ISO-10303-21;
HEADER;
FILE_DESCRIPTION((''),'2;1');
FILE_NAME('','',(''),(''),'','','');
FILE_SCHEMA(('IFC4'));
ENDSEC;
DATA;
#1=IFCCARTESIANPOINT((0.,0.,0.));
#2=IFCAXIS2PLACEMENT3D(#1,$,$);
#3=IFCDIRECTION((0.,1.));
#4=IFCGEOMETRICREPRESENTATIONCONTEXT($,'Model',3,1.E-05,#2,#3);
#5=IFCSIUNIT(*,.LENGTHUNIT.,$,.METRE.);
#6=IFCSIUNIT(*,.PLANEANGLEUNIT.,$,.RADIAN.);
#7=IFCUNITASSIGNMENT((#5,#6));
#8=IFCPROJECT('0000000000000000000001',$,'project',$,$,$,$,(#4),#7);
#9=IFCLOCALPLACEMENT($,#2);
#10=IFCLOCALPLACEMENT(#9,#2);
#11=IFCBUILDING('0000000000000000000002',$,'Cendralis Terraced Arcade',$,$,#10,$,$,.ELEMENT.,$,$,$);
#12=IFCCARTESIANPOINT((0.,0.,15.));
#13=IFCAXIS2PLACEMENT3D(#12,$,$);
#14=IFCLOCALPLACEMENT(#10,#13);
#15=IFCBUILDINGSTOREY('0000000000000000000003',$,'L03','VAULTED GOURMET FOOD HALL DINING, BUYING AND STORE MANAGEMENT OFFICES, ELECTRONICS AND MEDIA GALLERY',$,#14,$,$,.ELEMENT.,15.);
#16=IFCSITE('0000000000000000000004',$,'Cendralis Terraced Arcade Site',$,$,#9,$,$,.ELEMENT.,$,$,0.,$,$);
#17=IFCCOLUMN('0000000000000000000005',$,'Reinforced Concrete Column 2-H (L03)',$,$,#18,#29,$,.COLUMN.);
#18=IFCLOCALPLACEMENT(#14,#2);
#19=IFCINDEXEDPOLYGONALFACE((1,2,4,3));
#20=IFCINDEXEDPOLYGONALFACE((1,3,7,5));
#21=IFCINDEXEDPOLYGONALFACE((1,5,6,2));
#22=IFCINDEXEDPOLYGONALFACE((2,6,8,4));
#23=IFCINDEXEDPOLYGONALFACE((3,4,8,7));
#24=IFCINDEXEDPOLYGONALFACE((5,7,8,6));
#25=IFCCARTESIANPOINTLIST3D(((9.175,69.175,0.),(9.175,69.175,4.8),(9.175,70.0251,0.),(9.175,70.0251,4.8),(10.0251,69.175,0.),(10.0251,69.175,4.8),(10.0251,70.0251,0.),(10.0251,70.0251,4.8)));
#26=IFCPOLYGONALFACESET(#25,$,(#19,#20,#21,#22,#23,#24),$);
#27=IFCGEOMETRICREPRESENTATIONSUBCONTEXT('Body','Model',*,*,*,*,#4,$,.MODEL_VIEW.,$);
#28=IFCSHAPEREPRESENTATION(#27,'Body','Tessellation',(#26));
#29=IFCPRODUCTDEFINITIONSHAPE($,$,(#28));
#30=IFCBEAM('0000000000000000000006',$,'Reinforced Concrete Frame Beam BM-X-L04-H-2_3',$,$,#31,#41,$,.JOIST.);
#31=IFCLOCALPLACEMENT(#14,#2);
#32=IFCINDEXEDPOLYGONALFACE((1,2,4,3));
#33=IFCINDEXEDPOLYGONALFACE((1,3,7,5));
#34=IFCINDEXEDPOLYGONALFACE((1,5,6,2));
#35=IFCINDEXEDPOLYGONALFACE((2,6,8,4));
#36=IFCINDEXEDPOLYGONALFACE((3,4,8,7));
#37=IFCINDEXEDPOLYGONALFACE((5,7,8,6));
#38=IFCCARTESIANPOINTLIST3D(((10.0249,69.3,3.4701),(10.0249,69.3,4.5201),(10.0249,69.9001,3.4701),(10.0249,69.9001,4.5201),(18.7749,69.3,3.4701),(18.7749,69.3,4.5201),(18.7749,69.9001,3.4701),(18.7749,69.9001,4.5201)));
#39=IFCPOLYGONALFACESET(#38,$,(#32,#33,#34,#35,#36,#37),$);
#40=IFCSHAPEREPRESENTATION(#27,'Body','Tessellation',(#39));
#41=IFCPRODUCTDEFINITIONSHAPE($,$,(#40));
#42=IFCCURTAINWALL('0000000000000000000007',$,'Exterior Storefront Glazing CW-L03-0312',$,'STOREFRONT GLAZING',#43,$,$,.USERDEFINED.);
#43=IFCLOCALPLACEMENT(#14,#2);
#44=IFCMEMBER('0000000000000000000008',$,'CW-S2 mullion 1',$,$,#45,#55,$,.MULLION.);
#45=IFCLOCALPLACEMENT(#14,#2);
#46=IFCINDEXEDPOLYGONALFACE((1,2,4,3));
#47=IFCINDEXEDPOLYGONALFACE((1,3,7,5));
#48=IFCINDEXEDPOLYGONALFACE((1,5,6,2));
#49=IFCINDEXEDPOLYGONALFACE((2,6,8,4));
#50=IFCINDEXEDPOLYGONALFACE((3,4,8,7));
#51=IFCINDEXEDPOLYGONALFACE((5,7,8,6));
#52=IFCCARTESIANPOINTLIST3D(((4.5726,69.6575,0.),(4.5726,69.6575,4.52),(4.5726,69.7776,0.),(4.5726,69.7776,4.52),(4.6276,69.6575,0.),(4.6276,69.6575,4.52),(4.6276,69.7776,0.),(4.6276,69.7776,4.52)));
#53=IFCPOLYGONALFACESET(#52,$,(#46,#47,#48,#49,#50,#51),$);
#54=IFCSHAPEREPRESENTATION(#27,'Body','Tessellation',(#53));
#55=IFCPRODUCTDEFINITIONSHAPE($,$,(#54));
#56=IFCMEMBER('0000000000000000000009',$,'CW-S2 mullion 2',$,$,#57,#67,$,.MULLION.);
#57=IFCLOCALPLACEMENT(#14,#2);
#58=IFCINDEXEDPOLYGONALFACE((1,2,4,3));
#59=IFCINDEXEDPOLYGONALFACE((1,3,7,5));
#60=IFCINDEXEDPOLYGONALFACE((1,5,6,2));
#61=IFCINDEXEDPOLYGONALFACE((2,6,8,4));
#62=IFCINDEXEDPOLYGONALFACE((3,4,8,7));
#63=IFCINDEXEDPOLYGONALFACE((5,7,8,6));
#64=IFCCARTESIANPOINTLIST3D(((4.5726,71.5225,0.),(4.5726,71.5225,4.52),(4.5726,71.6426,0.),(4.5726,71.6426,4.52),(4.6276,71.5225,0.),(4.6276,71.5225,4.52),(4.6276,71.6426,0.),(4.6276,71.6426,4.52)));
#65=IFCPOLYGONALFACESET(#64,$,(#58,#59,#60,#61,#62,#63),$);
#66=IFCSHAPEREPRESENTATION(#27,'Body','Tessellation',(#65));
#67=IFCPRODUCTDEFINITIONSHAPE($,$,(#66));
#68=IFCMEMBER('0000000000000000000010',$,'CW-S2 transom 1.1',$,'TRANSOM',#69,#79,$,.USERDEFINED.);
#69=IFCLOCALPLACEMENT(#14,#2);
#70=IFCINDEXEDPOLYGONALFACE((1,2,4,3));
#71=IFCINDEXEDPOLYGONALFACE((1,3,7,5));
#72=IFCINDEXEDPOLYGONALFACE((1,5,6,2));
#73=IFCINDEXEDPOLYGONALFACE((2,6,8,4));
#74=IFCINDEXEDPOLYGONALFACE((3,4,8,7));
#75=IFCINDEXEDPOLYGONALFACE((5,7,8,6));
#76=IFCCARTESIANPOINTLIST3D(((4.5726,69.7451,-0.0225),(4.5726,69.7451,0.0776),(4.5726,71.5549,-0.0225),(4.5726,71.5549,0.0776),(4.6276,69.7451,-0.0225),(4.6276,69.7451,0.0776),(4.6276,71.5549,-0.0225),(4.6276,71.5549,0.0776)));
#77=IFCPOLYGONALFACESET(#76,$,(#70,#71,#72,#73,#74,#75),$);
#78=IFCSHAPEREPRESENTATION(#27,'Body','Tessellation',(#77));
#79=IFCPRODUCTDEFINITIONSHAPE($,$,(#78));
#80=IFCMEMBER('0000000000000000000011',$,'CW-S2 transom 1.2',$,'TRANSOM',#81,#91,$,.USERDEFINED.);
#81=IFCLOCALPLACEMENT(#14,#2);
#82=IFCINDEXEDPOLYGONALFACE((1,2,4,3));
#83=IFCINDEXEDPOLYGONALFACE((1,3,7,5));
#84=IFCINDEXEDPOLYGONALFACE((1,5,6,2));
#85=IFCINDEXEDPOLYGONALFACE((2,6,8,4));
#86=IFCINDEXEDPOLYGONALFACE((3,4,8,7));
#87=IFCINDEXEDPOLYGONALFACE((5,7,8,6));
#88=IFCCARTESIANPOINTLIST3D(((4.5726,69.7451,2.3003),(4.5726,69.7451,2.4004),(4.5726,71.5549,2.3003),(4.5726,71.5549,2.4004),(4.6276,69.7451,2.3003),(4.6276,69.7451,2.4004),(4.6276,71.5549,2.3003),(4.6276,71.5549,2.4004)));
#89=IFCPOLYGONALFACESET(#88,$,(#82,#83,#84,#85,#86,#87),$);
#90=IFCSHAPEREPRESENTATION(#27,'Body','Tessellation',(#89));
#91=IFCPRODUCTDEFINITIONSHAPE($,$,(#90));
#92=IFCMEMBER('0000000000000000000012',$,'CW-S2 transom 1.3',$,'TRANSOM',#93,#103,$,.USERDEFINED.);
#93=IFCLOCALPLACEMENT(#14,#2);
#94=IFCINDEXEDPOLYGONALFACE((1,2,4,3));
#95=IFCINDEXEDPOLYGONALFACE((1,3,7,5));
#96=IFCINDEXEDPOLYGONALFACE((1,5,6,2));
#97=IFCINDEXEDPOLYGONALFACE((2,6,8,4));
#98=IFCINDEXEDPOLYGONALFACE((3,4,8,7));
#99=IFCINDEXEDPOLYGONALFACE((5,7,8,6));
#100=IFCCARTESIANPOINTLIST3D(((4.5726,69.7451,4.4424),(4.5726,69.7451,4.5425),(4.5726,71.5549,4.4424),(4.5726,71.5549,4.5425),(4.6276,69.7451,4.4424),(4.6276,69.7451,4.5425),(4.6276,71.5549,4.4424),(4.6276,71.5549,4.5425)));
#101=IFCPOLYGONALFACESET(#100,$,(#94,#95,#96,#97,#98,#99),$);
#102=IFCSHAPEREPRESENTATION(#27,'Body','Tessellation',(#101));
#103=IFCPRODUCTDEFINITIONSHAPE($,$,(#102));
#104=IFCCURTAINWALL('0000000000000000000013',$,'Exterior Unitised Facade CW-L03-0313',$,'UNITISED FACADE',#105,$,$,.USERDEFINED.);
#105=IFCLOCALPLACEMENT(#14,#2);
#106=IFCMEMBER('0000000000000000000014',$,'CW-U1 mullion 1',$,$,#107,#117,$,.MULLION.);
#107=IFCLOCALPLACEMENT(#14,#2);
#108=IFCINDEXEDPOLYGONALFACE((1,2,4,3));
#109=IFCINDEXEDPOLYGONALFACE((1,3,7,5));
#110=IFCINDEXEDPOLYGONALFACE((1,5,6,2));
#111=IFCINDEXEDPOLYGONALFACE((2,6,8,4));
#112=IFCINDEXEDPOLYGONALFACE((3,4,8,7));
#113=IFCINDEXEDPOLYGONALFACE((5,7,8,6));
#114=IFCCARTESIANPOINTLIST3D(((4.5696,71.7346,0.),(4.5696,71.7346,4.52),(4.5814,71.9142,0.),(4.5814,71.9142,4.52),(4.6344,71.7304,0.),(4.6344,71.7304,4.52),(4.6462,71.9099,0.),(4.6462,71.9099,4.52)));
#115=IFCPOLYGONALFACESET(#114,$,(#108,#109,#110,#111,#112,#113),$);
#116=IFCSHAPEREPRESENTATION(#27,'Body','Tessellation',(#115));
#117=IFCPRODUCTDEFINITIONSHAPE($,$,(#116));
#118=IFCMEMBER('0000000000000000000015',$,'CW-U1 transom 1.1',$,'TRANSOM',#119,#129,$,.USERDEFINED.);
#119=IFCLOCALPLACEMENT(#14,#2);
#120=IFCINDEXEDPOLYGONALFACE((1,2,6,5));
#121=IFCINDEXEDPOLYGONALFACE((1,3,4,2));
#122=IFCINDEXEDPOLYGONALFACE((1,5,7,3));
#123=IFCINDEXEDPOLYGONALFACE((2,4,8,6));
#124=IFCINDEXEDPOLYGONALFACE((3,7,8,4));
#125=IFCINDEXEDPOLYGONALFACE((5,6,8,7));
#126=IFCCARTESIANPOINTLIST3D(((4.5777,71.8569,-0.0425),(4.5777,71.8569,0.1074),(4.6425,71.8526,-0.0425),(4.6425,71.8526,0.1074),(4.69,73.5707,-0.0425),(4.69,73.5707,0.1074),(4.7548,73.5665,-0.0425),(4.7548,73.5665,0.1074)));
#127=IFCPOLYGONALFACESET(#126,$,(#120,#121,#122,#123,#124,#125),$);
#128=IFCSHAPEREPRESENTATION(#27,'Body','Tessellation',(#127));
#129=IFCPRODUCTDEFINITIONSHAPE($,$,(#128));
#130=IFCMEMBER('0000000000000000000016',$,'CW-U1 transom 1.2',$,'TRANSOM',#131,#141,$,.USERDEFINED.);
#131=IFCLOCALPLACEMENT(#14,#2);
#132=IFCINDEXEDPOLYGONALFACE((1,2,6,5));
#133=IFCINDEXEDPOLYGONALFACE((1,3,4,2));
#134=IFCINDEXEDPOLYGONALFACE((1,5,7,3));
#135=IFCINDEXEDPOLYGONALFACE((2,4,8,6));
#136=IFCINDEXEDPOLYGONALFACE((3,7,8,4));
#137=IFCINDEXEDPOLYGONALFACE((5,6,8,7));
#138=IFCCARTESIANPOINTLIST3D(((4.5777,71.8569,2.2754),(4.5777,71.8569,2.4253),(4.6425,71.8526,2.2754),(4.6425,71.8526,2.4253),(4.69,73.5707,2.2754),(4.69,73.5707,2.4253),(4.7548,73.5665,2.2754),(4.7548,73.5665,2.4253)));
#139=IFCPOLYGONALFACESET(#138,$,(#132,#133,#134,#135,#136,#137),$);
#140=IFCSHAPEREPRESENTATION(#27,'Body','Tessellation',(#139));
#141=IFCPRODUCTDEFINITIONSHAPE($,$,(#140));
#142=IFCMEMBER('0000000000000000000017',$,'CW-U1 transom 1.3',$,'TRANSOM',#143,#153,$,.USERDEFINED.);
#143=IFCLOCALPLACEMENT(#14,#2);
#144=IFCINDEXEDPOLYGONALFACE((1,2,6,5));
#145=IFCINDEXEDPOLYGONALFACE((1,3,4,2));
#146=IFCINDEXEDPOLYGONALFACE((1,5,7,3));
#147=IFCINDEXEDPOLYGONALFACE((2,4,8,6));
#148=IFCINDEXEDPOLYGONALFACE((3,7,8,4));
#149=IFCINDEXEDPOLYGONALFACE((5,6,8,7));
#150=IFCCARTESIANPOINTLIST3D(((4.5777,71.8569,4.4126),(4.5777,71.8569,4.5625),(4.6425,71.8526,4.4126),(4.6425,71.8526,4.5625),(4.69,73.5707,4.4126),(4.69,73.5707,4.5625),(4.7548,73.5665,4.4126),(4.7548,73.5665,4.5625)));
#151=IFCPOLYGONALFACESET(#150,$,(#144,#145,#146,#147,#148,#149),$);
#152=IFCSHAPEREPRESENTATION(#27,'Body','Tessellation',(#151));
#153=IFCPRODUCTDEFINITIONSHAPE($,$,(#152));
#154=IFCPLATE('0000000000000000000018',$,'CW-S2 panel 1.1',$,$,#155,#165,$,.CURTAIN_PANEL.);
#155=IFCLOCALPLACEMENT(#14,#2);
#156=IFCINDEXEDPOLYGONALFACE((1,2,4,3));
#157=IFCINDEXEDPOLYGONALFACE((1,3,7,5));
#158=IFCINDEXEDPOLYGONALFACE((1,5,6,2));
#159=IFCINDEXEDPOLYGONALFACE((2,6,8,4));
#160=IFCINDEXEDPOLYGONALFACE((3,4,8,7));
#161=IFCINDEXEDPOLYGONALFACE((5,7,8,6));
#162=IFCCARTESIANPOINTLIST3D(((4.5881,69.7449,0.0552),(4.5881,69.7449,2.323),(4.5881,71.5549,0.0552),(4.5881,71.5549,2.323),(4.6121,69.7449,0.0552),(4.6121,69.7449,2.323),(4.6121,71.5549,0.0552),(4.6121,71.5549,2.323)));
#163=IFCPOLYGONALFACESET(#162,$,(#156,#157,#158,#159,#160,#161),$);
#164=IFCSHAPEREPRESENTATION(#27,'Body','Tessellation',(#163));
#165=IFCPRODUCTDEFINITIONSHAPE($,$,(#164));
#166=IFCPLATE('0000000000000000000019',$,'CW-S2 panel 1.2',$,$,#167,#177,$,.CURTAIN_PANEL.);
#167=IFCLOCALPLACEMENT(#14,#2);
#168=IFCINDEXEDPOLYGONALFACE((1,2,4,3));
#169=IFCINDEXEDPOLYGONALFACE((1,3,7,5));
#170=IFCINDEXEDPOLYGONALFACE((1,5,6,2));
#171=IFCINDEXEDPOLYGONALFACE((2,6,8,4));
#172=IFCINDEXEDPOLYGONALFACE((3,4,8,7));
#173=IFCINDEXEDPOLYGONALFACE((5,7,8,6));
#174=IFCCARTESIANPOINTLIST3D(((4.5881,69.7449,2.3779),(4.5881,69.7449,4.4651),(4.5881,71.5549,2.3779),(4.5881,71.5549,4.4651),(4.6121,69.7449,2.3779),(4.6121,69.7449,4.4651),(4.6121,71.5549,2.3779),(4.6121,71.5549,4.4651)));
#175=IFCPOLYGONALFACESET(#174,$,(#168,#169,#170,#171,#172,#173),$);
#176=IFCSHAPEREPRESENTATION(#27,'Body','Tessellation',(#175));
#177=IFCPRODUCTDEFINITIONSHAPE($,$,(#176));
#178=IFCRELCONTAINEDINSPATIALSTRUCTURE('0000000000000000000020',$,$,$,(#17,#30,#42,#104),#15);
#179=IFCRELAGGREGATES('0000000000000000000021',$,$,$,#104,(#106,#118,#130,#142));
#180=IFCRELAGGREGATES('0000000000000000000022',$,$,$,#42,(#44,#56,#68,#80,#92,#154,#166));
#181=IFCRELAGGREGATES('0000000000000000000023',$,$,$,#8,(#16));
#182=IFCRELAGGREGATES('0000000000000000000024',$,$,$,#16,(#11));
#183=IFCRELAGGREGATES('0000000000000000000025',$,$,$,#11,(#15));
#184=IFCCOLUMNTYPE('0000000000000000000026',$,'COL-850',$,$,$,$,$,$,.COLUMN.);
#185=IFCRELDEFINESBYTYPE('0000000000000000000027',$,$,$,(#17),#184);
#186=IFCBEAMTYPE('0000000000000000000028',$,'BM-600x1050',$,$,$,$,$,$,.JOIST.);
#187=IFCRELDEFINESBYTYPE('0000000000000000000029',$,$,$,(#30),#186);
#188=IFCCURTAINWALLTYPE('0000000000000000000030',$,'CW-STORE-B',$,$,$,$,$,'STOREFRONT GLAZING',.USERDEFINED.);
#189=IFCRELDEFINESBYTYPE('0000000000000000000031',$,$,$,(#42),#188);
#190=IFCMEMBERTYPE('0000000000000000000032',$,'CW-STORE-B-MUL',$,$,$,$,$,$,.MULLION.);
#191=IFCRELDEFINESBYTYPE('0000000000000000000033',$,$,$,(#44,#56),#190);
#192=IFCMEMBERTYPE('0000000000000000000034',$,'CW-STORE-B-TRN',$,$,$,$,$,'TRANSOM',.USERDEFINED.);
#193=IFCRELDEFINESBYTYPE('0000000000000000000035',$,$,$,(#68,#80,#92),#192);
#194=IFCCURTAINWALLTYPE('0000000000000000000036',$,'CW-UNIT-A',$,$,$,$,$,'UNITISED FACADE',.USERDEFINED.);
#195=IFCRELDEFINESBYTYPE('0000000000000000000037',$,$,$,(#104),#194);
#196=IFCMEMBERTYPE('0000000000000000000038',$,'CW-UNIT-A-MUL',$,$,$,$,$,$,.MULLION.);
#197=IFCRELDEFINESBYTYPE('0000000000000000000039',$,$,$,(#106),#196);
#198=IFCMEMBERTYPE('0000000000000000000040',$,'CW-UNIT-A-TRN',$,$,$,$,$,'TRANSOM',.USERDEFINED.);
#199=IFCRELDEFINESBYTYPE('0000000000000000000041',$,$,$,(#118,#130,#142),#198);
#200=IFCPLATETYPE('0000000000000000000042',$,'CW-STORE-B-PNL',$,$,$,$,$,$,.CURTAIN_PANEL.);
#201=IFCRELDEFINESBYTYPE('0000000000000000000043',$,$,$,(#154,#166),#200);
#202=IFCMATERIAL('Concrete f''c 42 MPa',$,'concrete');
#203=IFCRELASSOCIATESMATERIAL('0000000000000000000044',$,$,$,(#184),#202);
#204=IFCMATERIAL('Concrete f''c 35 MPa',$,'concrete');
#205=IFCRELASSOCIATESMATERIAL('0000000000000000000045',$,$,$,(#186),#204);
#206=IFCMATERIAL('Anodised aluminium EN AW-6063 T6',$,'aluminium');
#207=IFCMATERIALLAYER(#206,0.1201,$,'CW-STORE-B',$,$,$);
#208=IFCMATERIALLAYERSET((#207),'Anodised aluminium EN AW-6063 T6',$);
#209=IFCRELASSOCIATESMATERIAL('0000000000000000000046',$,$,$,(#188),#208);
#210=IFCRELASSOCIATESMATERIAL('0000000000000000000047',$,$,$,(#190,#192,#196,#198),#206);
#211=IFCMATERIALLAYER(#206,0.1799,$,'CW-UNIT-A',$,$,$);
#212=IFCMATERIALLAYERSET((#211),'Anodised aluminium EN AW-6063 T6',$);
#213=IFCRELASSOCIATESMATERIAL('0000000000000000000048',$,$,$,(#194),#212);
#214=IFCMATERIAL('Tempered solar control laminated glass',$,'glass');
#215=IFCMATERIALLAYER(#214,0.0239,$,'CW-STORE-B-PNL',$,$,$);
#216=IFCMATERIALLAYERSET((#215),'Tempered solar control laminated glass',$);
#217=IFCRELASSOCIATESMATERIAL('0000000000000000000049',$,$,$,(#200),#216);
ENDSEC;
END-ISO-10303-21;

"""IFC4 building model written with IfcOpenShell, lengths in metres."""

from ifc_helpers import new_model, si_unit, direction, frame, origin, origin_2d, place, context, subcontext, project, spatial, rectangle, extrude, material, layer, layer_set, material_profile, profile_set, type_object, element, aggregate, save


model = new_model("IFC4")

# Units and contexts
model_context = context("Model", 3, precision=1e-05, world=origin(), true_north=direction((0.0, 1.0)))
body_context = subcontext(model_context, "Body", "Model", "MODEL_VIEW")
ifc_project = project(units=[si_unit("LENGTHUNIT", "METRE"), si_unit("PLANEANGLEUNIT", "RADIAN")], contexts=[model_context])

# Site, building, storey
site_placement = place(None, origin())
site = spatial("IfcSite", under=ifc_project, at=site_placement, Name="Cendralis Terraced Arcade Site", CompositionType="ELEMENT", RefElevation=0.0)
building_placement = place(site_placement, origin())
building = spatial("IfcBuilding", under=site, at=building_placement, Name="Cendralis Terraced Arcade", CompositionType="ELEMENT")
storey_placement = place(building_placement, frame((0.0, 0.0, 15.0)))
storey = spatial("IfcBuildingStorey", under=building, at=storey_placement, Name="L03", Description="VAULTED GOURMET FOOD HALL DINING, BUYING AND STORE MANAGEMENT OFFICES, ELECTRONICS AND MEDIA GALLERY", CompositionType="ELEMENT", Elevation=15.0)

# Column
ifc_material_1 = material(Name="Concrete f'c 42 MPa", Category="concrete")
ifc_material_profile_1 = material_profile(ifc_material_1, rectangle(XDim=0.8501, YDim=0.8501, at=origin_2d()), Name="RC-COL-850x850", Category="LoadBearing")
ifc_profile_set_1 = profile_set([ifc_material_profile_1], Name="Concrete f'c 42 MPa")
column_type = type_object("IfcColumnType", Name="COL-850", PredefinedType="COLUMN", material=ifc_profile_set_1)
column_placement = place(storey_placement, frame((9.6001, 69.6001, 0.0), z_axis=(0.0, 0.0, 1.0), x_axis=(1.0, 0.0, 0.0)))
element("IfcColumn", 1, at=column_placement, inside=storey, type_object=column_type, Name="Reinforced Concrete Column 2-H (L03)", PredefinedType="COLUMN", context=body_context, shape_type="SweptSolid", body=[
    extrude(rectangle(XDim=0.8501, YDim=0.8501, at=origin_2d()), origin(), (0.0, 0.0, 1.0), 4.8),
])

# Beam
ifc_material_2 = material(Name="Concrete f'c 35 MPa", Category="concrete")
ifc_material_profile_2 = material_profile(ifc_material_2, rectangle(XDim=0.6001, YDim=1.05, at=origin_2d()), Name="RC-BM-600x1050", Category="LoadBearing")
ifc_profile_set_2 = profile_set([ifc_material_profile_2], Name="Concrete f'c 35 MPa")
beam_type = type_object("IfcBeamType", Name="BM-600x1050", PredefinedType="JOIST", material=ifc_profile_set_2)
beam_placement = place(storey_placement, frame((10.0249, 69.6001, 3.9951), z_axis=(1.0, 0.0, 0.0), x_axis=(0.0, 1.0, 0.0)))
element("IfcBeam", 2, at=beam_placement, inside=storey, type_object=beam_type, Name="Reinforced Concrete Frame Beam BM-X-L04-H-2_3", PredefinedType="JOIST", context=body_context, shape_type="SweptSolid", body=[
    extrude(rectangle(XDim=0.6001, YDim=1.05, at=origin_2d()), origin(), (0.0, 0.0, 1.0), 8.75),
])

# Curtain walls, members
ifc_material_3 = material(Name="Anodised aluminium EN AW-6063 T6", Category="aluminium")
ifc_layer_1 = layer(ifc_material_3, 0.1201, Name="CW-STORE-B")
ifc_layer_set_1 = layer_set([ifc_layer_1], Name="Anodised aluminium EN AW-6063 T6")
curtain_wall_type_1 = type_object("IfcCurtainWallType", Name="CW-STORE-B", ElementType="STOREFRONT GLAZING", PredefinedType="USERDEFINED", material=ifc_layer_set_1)
curtain_wall_1_placement = place(storey_placement, origin())
curtain_wall_1 = element("IfcCurtainWall", 3, at=curtain_wall_1_placement, inside=storey, type_object=curtain_wall_type_1, Name="Exterior Storefront Glazing CW-L03-0312", ObjectType="STOREFRONT GLAZING", PredefinedType="USERDEFINED")
ifc_material_profile_3 = material_profile(ifc_material_3, rectangle(XDim=0.0549, YDim=0.1201, at=origin_2d()), Name="ALU-MUL-55x120")
ifc_profile_set_3 = profile_set([ifc_material_profile_3], Name="Anodised aluminium EN AW-6063 T6")
member_type_1 = type_object("IfcMemberType", Name="CW-STORE-B-MUL", PredefinedType="MULLION", material=ifc_profile_set_3)
member_1_placement = place(storey_placement, frame((4.6001, 69.7175, 0.0), z_axis=(0.0, 0.0, 1.0), x_axis=(-1.0, 0.0, 0.0)))
member_1 = element("IfcMember", 4, at=member_1_placement, type_object=member_type_1, Name="CW-S2 mullion 1", PredefinedType="MULLION", context=body_context, shape_type="SweptSolid", body=[
    extrude(rectangle(XDim=0.0549, YDim=0.1201, at=origin_2d()), origin(), (0.0, 0.0, 1.0), 4.52),
])
member_2_placement = place(storey_placement, frame((4.6001, 71.5825, 0.0), z_axis=(0.0, 0.0, 1.0), x_axis=(-1.0, 0.0, 0.0)))
member_2 = element("IfcMember", 5, at=member_2_placement, type_object=member_type_1, Name="CW-S2 mullion 2", PredefinedType="MULLION", context=body_context, shape_type="SweptSolid", body=[
    extrude(rectangle(XDim=0.0549, YDim=0.1201, at=origin_2d()), origin(), (0.0, 0.0, 1.0), 4.52),
])
ifc_material_profile_4 = material_profile(ifc_material_3, rectangle(XDim=0.0549, YDim=0.1001, at=origin_2d()), Name="ALU-TRN-55x100")
ifc_profile_set_4 = profile_set([ifc_material_profile_4], Name="Anodised aluminium EN AW-6063 T6")
member_type_2 = type_object("IfcMemberType", Name="CW-STORE-B-TRN", ElementType="TRANSOM", PredefinedType="USERDEFINED", material=ifc_profile_set_4)
member_3_placement = place(storey_placement, frame((4.6001, 69.7451, 0.0276), z_axis=(0.0, 1.0, 0.0), x_axis=(-1.0, 0.0, 0.0)))
member_3 = element("IfcMember", 6, at=member_3_placement, type_object=member_type_2, Name="CW-S2 transom 1.1", ObjectType="TRANSOM", PredefinedType="USERDEFINED", context=body_context, shape_type="SweptSolid", body=[
    extrude(rectangle(XDim=0.0549, YDim=0.1001, at=origin_2d()), origin(), (0.0, 0.0, 1.0), 1.8098),
])
member_4_placement = place(storey_placement, frame((4.6001, 69.7451, 2.3503), z_axis=(0.0, 1.0, 0.0), x_axis=(-1.0, 0.0, 0.0)))
member_4 = element("IfcMember", 7, at=member_4_placement, type_object=member_type_2, Name="CW-S2 transom 1.2", ObjectType="TRANSOM", PredefinedType="USERDEFINED", context=body_context, shape_type="SweptSolid", body=[
    extrude(rectangle(XDim=0.0549, YDim=0.1001, at=origin_2d()), origin(), (0.0, 0.0, 1.0), 1.8098),
])
member_5_placement = place(storey_placement, frame((4.6001, 69.7451, 4.4924), z_axis=(0.0, 1.0, 0.0), x_axis=(-1.0, 0.0, 0.0)))
member_5 = element("IfcMember", 8, at=member_5_placement, type_object=member_type_2, Name="CW-S2 transom 1.3", ObjectType="TRANSOM", PredefinedType="USERDEFINED", context=body_context, shape_type="SweptSolid", body=[
    extrude(rectangle(XDim=0.0549, YDim=0.1001, at=origin_2d()), origin(), (0.0, 0.0, 1.0), 1.8098),
])
ifc_layer_2 = layer(ifc_material_3, 0.1799, Name="CW-UNIT-A")
ifc_layer_set_2 = layer_set([ifc_layer_2], Name="Anodised aluminium EN AW-6063 T6")
curtain_wall_type_2 = type_object("IfcCurtainWallType", Name="CW-UNIT-A", ElementType="UNITISED FACADE", PredefinedType="USERDEFINED", material=ifc_layer_set_2)
curtain_wall_2_placement = place(storey_placement, origin())
curtain_wall_2 = element("IfcCurtainWall", 9, at=curtain_wall_2_placement, inside=storey, type_object=curtain_wall_type_2, Name="Exterior Unitised Facade CW-L03-0313", ObjectType="UNITISED FACADE", PredefinedType="USERDEFINED")
ifc_material_profile_5 = material_profile(ifc_material_3, rectangle(XDim=0.0649, YDim=0.1799, at=origin_2d()), Name="ALU-MUL-65x180")
ifc_profile_set_5 = profile_set([ifc_material_profile_5], Name="Anodised aluminium EN AW-6063 T6")
member_type_3 = type_object("IfcMemberType", Name="CW-UNIT-A-MUL", PredefinedType="MULLION", material=ifc_profile_set_5)
member_6_placement = place(storey_placement, frame((4.6079, 71.8223, 0.0), z_axis=(0.0, 0.0, 1.0), x_axis=(-0.99786, 0.065384, 0.0)))
member_6 = element("IfcMember", 10, at=member_6_placement, type_object=member_type_3, Name="CW-U1 mullion 1", PredefinedType="MULLION", context=body_context, shape_type="SweptSolid", body=[
    extrude(rectangle(XDim=0.0649, YDim=0.1799, at=origin_2d()), origin(), (0.0, 0.0, 1.0), 4.52),
])
ifc_material_profile_6 = material_profile(ifc_material_3, rectangle(XDim=0.0649, YDim=0.1499, at=origin_2d()), Name="ALU-TRN-65x150")
ifc_profile_set_6 = profile_set([ifc_material_profile_6], Name="Anodised aluminium EN AW-6063 T6")
member_type_4 = type_object("IfcMemberType", Name="CW-UNIT-A-TRN", ElementType="TRANSOM", PredefinedType="USERDEFINED", material=ifc_profile_set_6)
member_7_placement = place(storey_placement, frame((4.6101, 71.8547, 0.0325), z_axis=(0.065387, 0.99786, 0.0), x_axis=(-0.99786, 0.065387, 0.0)))
member_7 = element("IfcMember", 11, at=member_7_placement, type_object=member_type_4, Name="CW-U1 transom 1.1", ObjectType="TRANSOM", PredefinedType="USERDEFINED", context=body_context, shape_type="SweptSolid", body=[
    extrude(rectangle(XDim=0.0649, YDim=0.1499, at=origin_2d()), origin(), (0.0, 0.0, 1.0), 1.7175),
])
member_8_placement = place(storey_placement, frame((4.6101, 71.8547, 2.3503), z_axis=(0.065387, 0.99786, 0.0), x_axis=(-0.99786, 0.065387, 0.0)))
member_8 = element("IfcMember", 12, at=member_8_placement, type_object=member_type_4, Name="CW-U1 transom 1.2", ObjectType="TRANSOM", PredefinedType="USERDEFINED", context=body_context, shape_type="SweptSolid", body=[
    extrude(rectangle(XDim=0.0649, YDim=0.1499, at=origin_2d()), origin(), (0.0, 0.0, 1.0), 1.7175),
])
member_9_placement = place(storey_placement, frame((4.6101, 71.8547, 4.4875), z_axis=(0.065387, 0.99786, 0.0), x_axis=(-0.99786, 0.065387, 0.0)))
member_9 = element("IfcMember", 13, at=member_9_placement, type_object=member_type_4, Name="CW-U1 transom 1.3", ObjectType="TRANSOM", PredefinedType="USERDEFINED", context=body_context, shape_type="SweptSolid", body=[
    extrude(rectangle(XDim=0.0649, YDim=0.1499, at=origin_2d()), origin(), (0.0, 0.0, 1.0), 1.7175),
])
aggregate(curtain_wall_2, [member_6, member_7, member_8, member_9])

# Plates
ifc_material_4 = material(Name="Tempered solar control laminated glass", Category="glass")
ifc_layer_3 = layer(ifc_material_4, 0.0239, Name="CW-STORE-B-PNL")
ifc_layer_set_3 = layer_set([ifc_layer_3], Name="Tempered solar control laminated glass")
plate_type_1 = type_object("IfcPlateType", Name="CW-STORE-B-PNL", PredefinedType="CURTAIN_PANEL", material=ifc_layer_set_3)
plate_1_placement = place(storey_placement, frame((4.6001, 70.6499, 0.0552), z_axis=(0.0, 0.0, 1.0), x_axis=(0.0, 1.0, 0.0)))
plate_1 = element("IfcPlate", 14, at=plate_1_placement, type_object=plate_type_1, Name="CW-S2 panel 1.1", PredefinedType="CURTAIN_PANEL", context=body_context, shape_type="SweptSolid", body=[
    extrude(rectangle(XDim=1.8101, YDim=0.0239, at=origin_2d()), origin(), (0.0, 0.0, 1.0), 2.2678),
])
plate_2_placement = place(storey_placement, frame((4.6001, 70.6499, 2.3779), z_axis=(0.0, 0.0, 1.0), x_axis=(0.0, 1.0, 0.0)))
plate_2 = element("IfcPlate", 15, at=plate_2_placement, type_object=plate_type_1, Name="CW-S2 panel 1.2", PredefinedType="CURTAIN_PANEL", context=body_context, shape_type="SweptSolid", body=[
    extrude(rectangle(XDim=1.8101, YDim=0.0239, at=origin_2d()), origin(), (0.0, 0.0, 1.0), 2.0872),
])
aggregate(curtain_wall_1, [member_1, member_2, member_3, member_4, member_5, plate_1, plate_2])

save(model, "model.ifc")
